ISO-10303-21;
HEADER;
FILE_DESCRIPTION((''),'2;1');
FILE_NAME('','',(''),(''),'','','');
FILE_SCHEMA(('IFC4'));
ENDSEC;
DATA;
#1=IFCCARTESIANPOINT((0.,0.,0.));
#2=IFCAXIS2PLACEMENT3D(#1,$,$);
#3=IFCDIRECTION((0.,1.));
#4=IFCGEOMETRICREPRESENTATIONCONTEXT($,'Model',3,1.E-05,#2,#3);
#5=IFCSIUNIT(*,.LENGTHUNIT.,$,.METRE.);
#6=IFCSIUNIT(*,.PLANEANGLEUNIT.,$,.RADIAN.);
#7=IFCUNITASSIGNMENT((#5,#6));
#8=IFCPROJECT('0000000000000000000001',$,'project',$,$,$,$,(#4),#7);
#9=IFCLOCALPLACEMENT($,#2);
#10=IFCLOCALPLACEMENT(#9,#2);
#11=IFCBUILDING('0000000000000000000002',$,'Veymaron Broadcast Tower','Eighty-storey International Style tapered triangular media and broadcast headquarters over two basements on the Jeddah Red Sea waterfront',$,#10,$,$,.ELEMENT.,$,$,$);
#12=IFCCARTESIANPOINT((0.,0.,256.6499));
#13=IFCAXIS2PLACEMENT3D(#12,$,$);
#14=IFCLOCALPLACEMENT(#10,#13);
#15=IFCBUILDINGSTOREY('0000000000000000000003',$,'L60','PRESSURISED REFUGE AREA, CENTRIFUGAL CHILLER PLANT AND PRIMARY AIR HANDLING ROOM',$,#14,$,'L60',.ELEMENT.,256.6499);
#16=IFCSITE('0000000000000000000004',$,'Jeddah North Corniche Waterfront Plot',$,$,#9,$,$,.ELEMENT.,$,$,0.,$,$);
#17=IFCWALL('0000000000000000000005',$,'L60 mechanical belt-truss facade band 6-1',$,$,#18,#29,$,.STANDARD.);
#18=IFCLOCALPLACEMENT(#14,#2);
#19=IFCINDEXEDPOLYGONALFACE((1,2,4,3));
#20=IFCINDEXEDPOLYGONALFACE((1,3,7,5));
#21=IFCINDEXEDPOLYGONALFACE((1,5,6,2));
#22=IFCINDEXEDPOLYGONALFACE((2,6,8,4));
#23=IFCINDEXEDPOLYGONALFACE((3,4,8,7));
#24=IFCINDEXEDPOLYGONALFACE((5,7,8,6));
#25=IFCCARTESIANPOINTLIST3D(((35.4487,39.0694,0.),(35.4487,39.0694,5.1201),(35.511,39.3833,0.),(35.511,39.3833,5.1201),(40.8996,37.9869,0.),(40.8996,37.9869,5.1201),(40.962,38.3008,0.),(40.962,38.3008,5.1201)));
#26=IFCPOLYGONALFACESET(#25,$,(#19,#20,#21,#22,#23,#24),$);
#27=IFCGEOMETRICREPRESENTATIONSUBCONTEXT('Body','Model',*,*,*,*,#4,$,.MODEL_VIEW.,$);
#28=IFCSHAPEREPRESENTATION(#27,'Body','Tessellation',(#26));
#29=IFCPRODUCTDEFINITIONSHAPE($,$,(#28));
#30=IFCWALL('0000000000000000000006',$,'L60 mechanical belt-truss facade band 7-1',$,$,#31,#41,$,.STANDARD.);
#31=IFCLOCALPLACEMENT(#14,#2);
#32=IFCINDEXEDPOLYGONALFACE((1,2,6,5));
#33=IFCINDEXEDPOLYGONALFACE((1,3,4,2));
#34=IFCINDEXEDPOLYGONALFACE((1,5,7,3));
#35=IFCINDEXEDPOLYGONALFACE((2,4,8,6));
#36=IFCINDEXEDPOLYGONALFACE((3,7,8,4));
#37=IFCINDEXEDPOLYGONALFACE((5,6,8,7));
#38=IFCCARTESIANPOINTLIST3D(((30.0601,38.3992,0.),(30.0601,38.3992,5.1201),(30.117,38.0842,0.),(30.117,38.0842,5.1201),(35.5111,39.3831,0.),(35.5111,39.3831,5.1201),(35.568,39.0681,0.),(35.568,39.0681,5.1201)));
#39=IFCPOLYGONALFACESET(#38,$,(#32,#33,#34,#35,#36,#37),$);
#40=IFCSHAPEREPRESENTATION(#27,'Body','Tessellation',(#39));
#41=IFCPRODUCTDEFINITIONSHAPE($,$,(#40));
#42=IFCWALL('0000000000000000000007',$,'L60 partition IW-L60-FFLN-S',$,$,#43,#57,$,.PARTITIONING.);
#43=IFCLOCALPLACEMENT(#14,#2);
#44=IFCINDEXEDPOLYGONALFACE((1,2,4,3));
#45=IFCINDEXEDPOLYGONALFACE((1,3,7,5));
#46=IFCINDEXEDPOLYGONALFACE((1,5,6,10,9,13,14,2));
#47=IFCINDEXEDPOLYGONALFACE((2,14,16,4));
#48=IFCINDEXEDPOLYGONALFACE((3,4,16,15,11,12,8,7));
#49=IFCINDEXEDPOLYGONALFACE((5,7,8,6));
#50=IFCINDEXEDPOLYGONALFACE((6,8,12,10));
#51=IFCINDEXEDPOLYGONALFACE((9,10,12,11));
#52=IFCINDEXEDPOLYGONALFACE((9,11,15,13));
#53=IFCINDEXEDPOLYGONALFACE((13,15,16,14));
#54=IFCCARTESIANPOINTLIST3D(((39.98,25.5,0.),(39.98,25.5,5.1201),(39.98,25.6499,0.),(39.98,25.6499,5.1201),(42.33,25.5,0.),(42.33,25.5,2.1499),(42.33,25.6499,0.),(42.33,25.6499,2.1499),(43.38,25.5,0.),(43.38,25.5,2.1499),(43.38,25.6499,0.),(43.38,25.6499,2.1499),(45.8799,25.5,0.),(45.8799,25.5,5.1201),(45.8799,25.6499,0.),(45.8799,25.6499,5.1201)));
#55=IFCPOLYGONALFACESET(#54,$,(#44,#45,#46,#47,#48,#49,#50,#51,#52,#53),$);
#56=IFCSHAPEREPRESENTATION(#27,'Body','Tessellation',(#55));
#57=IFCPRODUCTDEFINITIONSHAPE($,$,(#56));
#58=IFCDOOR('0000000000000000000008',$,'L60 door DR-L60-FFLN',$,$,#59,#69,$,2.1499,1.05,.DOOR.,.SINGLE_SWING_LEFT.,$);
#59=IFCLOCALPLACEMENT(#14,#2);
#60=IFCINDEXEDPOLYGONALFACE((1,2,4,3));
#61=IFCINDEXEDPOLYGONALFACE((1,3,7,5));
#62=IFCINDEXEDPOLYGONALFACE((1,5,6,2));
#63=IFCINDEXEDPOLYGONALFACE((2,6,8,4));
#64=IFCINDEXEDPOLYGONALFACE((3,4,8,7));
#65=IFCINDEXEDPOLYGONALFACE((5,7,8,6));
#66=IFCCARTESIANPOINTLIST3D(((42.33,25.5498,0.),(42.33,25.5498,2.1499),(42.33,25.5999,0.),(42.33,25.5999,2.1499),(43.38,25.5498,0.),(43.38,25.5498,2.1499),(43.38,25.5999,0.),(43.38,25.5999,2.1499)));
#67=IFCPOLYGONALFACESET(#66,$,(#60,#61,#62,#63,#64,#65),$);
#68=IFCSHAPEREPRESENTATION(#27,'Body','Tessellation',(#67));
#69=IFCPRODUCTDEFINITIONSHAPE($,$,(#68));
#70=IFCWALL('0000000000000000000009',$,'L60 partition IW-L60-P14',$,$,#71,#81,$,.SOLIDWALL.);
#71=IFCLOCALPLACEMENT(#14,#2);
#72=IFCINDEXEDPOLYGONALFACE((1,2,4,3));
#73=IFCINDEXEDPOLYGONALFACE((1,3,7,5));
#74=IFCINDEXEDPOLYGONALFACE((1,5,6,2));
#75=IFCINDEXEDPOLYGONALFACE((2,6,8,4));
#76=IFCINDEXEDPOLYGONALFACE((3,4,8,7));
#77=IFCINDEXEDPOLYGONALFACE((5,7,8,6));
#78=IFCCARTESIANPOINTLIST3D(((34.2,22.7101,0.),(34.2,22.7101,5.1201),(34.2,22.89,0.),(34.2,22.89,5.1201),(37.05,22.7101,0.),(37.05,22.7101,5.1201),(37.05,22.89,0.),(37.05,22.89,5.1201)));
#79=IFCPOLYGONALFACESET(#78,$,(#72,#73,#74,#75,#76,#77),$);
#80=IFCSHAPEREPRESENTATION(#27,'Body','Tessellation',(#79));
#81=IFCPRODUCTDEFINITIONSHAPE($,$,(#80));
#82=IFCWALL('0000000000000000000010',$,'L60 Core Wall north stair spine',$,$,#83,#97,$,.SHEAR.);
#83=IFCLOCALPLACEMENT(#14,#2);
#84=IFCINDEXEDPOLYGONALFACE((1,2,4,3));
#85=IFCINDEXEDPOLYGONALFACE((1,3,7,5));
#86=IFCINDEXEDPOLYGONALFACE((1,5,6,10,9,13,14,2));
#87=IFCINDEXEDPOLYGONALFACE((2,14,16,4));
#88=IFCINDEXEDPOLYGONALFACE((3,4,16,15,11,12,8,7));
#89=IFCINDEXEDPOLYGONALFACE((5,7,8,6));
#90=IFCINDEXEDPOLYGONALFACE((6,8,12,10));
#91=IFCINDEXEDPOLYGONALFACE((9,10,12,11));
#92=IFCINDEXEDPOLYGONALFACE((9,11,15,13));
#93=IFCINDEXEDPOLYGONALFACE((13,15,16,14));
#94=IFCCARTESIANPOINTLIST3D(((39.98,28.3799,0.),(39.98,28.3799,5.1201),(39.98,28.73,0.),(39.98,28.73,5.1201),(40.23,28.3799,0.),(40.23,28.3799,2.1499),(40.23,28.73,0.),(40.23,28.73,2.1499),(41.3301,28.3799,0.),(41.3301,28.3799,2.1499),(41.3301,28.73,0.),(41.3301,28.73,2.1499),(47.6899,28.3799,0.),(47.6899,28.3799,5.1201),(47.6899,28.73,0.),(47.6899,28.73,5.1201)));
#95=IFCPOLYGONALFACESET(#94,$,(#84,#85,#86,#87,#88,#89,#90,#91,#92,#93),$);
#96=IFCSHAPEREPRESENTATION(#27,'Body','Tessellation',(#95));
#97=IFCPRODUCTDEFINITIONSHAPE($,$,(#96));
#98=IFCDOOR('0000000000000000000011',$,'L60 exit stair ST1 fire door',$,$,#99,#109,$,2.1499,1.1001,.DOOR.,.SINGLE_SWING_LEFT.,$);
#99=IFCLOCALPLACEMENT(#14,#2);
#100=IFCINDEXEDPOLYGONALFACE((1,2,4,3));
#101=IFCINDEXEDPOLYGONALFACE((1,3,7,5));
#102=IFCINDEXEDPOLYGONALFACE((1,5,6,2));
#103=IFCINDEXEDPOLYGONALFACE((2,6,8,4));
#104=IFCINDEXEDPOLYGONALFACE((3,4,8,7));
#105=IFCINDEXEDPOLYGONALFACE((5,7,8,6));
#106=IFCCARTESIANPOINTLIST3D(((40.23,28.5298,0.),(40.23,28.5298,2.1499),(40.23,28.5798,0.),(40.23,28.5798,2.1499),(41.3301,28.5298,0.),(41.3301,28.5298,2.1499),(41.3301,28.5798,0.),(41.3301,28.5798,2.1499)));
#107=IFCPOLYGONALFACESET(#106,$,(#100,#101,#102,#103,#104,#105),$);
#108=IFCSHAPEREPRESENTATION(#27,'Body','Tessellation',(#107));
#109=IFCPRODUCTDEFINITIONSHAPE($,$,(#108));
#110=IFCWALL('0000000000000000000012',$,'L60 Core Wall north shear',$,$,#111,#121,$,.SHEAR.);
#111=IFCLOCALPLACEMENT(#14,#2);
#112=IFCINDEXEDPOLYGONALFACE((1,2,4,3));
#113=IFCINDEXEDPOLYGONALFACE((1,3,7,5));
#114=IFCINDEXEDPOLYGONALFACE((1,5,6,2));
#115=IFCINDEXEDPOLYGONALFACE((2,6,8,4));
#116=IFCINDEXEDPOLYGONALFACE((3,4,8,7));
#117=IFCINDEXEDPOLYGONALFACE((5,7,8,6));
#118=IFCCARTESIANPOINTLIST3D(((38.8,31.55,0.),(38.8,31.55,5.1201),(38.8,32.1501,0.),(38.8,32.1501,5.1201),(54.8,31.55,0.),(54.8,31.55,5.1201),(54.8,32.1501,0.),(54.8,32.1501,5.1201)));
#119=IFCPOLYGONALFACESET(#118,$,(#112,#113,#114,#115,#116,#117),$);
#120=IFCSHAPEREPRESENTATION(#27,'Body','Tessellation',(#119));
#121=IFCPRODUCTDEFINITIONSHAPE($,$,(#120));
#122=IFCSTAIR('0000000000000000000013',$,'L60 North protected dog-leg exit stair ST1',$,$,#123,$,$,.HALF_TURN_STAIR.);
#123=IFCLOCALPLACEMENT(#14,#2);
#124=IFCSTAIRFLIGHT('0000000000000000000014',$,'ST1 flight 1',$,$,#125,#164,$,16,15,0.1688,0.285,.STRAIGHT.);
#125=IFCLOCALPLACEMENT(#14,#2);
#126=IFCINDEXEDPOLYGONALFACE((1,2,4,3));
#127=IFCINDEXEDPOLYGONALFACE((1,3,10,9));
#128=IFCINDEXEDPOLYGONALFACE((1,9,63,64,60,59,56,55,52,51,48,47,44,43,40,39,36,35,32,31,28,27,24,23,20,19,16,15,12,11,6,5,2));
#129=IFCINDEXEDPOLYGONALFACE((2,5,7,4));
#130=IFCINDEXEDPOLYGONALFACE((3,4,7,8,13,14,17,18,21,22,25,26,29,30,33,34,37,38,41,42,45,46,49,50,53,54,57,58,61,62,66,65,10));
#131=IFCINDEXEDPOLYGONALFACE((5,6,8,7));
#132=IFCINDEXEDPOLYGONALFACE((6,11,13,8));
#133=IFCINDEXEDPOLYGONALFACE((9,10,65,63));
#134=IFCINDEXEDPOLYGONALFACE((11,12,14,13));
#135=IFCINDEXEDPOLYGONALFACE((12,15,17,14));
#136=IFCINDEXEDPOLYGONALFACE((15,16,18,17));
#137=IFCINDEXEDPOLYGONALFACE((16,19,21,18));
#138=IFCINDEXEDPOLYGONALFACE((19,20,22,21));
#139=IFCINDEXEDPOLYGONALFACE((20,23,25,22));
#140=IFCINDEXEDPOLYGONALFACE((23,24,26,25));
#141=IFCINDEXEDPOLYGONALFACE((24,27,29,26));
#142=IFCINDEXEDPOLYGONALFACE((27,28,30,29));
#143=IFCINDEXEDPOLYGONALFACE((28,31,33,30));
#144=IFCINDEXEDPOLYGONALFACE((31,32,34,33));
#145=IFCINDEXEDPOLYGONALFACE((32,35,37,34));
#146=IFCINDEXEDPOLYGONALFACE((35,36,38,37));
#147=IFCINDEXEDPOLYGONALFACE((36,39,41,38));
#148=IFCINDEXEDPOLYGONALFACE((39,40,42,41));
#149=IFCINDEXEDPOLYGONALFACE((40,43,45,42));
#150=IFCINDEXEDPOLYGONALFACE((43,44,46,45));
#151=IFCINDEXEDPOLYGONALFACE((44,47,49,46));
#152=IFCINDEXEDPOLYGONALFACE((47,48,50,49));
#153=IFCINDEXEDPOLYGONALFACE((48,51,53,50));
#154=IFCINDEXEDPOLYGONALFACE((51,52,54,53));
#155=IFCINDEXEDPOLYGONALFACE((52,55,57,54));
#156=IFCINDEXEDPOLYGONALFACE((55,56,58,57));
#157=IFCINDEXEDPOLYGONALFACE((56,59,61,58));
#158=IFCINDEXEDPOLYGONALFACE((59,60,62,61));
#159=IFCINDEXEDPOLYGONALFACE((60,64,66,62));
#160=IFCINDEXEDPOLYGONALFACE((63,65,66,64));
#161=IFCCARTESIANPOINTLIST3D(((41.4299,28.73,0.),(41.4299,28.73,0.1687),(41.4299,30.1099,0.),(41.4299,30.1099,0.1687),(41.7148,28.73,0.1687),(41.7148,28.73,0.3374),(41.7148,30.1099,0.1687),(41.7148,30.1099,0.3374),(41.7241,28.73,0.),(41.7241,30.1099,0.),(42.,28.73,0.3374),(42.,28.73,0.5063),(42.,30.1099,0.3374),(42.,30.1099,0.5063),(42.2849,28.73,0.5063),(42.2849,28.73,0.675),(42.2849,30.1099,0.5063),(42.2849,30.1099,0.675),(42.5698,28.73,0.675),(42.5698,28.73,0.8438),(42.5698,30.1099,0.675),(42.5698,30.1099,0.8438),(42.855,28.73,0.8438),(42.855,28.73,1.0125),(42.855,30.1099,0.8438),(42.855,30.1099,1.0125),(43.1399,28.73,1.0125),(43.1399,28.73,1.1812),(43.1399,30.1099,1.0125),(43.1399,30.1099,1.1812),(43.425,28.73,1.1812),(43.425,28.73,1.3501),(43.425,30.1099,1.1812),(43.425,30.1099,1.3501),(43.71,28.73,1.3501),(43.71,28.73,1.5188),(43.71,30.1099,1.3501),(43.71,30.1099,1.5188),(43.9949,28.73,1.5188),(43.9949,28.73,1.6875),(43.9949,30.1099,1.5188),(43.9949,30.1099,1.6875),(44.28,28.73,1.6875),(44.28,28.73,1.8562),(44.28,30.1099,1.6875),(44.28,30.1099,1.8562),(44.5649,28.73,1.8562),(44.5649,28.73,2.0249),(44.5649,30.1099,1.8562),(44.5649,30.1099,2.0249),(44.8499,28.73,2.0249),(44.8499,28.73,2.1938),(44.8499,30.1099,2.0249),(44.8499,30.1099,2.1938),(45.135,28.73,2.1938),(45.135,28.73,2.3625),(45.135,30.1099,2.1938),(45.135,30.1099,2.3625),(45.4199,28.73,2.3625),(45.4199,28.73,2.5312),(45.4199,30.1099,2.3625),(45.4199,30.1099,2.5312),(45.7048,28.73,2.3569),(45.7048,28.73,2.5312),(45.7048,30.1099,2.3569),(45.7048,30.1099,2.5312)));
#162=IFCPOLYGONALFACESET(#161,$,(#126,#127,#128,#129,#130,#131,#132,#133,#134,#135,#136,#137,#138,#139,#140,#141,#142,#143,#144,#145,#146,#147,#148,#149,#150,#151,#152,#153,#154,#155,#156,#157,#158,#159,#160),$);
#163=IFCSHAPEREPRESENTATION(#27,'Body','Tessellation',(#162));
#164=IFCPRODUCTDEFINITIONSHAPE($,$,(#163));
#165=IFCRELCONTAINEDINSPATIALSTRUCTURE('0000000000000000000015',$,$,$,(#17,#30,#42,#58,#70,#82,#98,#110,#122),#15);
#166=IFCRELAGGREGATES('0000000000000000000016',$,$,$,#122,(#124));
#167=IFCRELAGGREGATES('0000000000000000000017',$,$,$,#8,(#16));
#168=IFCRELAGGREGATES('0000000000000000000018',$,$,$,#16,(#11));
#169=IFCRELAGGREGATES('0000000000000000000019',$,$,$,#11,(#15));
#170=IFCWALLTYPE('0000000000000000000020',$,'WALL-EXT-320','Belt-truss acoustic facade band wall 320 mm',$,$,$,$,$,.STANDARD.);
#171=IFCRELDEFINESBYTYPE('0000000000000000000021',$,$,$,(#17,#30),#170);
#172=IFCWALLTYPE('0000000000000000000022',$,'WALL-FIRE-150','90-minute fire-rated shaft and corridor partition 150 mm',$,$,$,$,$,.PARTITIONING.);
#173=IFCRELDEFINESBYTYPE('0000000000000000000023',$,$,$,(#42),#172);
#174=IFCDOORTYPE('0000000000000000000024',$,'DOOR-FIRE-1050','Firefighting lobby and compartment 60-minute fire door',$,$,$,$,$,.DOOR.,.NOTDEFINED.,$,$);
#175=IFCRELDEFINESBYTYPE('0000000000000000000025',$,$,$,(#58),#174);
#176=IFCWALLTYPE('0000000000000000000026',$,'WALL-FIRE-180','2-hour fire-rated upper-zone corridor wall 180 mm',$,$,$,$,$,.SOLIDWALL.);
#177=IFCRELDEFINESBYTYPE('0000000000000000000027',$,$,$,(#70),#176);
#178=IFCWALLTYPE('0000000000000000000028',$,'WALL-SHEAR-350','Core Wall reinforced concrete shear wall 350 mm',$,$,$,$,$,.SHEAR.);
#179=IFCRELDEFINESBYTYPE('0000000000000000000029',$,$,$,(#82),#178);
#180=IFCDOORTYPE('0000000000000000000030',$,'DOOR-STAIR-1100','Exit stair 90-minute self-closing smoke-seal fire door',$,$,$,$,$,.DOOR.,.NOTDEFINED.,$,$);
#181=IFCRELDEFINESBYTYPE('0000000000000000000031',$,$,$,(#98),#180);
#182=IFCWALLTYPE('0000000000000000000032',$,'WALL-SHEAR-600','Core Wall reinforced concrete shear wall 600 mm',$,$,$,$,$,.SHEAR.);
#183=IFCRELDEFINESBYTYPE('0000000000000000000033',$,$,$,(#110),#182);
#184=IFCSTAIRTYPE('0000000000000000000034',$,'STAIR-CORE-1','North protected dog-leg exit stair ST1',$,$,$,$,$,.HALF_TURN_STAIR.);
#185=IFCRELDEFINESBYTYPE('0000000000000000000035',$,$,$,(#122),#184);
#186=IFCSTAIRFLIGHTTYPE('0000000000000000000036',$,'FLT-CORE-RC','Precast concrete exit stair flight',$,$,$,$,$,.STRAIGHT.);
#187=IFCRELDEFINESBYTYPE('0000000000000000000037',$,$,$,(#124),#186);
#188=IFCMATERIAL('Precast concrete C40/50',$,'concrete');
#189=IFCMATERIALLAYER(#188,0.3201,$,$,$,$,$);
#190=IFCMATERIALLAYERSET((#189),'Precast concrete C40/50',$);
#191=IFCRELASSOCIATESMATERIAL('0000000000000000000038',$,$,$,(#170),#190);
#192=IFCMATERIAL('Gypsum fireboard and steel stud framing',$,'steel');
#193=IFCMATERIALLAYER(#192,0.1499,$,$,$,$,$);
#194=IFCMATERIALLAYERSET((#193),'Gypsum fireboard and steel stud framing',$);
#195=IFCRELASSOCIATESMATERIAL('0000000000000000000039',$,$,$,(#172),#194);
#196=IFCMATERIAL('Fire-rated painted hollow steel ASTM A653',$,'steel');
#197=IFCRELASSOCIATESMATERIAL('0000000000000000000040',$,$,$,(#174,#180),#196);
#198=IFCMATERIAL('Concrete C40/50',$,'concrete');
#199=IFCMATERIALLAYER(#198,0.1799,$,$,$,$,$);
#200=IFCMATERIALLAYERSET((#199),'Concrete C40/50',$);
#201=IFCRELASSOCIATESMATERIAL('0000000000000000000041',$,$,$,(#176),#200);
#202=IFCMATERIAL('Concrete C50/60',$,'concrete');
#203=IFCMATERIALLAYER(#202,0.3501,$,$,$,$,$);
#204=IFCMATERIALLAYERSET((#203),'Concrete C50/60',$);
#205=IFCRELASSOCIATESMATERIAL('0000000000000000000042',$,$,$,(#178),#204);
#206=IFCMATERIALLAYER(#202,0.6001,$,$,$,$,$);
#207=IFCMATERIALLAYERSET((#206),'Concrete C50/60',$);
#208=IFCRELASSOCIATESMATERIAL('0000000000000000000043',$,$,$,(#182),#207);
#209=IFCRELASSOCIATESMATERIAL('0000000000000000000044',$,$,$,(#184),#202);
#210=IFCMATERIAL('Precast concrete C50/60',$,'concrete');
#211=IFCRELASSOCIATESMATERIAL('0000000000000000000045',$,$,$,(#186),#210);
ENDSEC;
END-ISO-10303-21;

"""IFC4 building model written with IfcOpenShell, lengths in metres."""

from ifc_helpers import new_model, si_unit, direction, frame, frame_2d, origin, place, context, subcontext, project, spatial, polyline, rectangle, outline, extrude, material, layer, layer_set, type_object, element, fill, aggregate, save


model = new_model("IFC4")

# Units and contexts
model_context = context("Model", 3, precision=1e-05, world=origin(), true_north=direction((0.0, 1.0)))
body_context = subcontext(model_context, "Body", "Model", "MODEL_VIEW")
ifc_project = project(units=[si_unit("LENGTHUNIT", "METRE"), si_unit("PLANEANGLEUNIT", "RADIAN")], contexts=[model_context])

# Site, building, storey
site_placement = place(None, origin())
site = spatial("IfcSite", under=ifc_project, at=site_placement, Name="Jeddah North Corniche Waterfront Plot", CompositionType="ELEMENT", RefElevation=0.0)
building_placement = place(site_placement, origin())
building = spatial("IfcBuilding", under=site, at=building_placement, Name="Veymaron Broadcast Tower", Description="Eighty-storey International Style tapered triangular media and broadcast headquarters over two basements on the Jeddah Red Sea waterfront", CompositionType="ELEMENT")
storey_placement = place(building_placement, frame((0.0, 0.0, 256.6499)))
storey = spatial("IfcBuildingStorey", under=building, at=storey_placement, Name="L60", Description="PRESSURISED REFUGE AREA, CENTRIFUGAL CHILLER PLANT AND PRIMARY AIR HANDLING ROOM", LongName="L60", CompositionType="ELEMENT", Elevation=256.6499)

# Walls
ifc_material_1 = material(Name="Precast concrete C40/50", Category="concrete")
ifc_layer_1 = layer(ifc_material_1, 0.3201)
ifc_layer_set_1 = layer_set([ifc_layer_1], Name="Precast concrete C40/50")
wall_type_1 = type_object("IfcWallType", Name="WALL-EXT-320", Description="Belt-truss acoustic facade band wall 320 mm", PredefinedType="STANDARD", material=ifc_layer_set_1)
wall_1_placement = place(storey_placement, frame((40.9309, 38.1438, 0.0), z_axis=(0.0, 0.0, 1.0), x_axis=(-0.980845, 0.19479, 0.0)))
element("IfcWall", 1, at=wall_1_placement, inside=storey, type_object=wall_type_1, Name="L60 mechanical belt-truss facade band 6-1", PredefinedType="STANDARD", context=body_context, shape_type="SweptSolid", body=[
    extrude(rectangle(XDim=5.5574, YDim=0.3201, at=frame_2d((2.7788, 0.0))), origin(), (0.0, 0.0, 1.0), 5.1201),
])
wall_2_placement = place(storey_placement, frame((35.5396, 39.2256, 0.0), z_axis=(0.0, 0.0, 1.0), x_axis=(-0.984098, -0.177629, 0.0)))
element("IfcWall", 2, at=wall_2_placement, inside=storey, type_object=wall_type_1, Name="L60 mechanical belt-truss facade band 7-1", PredefinedType="STANDARD", context=body_context, shape_type="SweptSolid", body=[
    extrude(rectangle(XDim=5.5391, YDim=0.3201, at=frame_2d((2.7695, 0.0))), origin(), (0.0, 0.0, 1.0), 5.1201),
])

# Wall, opening, door
ifc_material_2 = material(Name="Gypsum fireboard and steel stud framing", Category="steel")
ifc_layer_2 = layer(ifc_material_2, 0.1499)
ifc_layer_set_2 = layer_set([ifc_layer_2], Name="Gypsum fireboard and steel stud framing")
wall_type_2 = type_object("IfcWallType", Name="WALL-FIRE-150", Description="90-minute fire-rated shaft and corridor partition 150 mm", PredefinedType="PARTITIONING", material=ifc_layer_set_2)
wall_3_placement = place(storey_placement, frame((39.98, 25.575, 0.0), z_axis=(0.0, 0.0, 1.0), x_axis=(1.0, 0.0, 0.0)))
wall_3 = element("IfcWall", 3, at=wall_3_placement, inside=storey, type_object=wall_type_2, Name="L60 partition IW-L60-FFLN-S", PredefinedType="PARTITIONING", context=body_context, shape_type="SweptSolid", body=[
    extrude(rectangle(XDim=5.8999, YDim=0.1499, at=frame_2d((2.95, 0.0))), origin(), (0.0, 0.0, 1.0), 5.1201),
])
opening_1_placement = place(wall_3_placement, frame((2.3501, 0.0, 0.0)))
opening_1 = element("IfcOpeningElement", 4, at=opening_1_placement, cuts=wall_3, PredefinedType="OPENING", context=body_context, shape_type="SweptSolid", body=[
    extrude(rectangle(XDim=1.05, YDim=2.1499, at=frame_2d((0.5249, 1.075))), frame((0.0, 0.085, 0.0), z_axis=(0.0, -1.0, 0.0), x_axis=(1.0, 0.0, 0.0)), (0.0, 0.0, 1.0), 0.1699),
])
ifc_material_3 = material(Name="Fire-rated painted hollow steel ASTM A653", Category="steel")
door_type_1 = type_object("IfcDoorType", Name="DOOR-FIRE-1050", Description="Firefighting lobby and compartment 60-minute fire door", OperationType="NOTDEFINED", PredefinedType="DOOR", material=ifc_material_3)
door_1_placement = place(opening_1_placement, origin())
door_1 = element("IfcDoor", 5, at=door_1_placement, inside=storey, type_object=door_type_1, Name="L60 door DR-L60-FFLN", OperationType="SINGLE_SWING_LEFT", OverallHeight=2.1499, OverallWidth=1.05, PredefinedType="DOOR", context=body_context, shape_type="SweptSolid", body=[
    extrude(rectangle(XDim=1.05, YDim=2.1499, at=frame_2d((0.5249, 1.075))), frame((0.0, 0.0249, 0.0), z_axis=(0.0, -1.0, 0.0), x_axis=(1.0, 0.0, 0.0)), (0.0, 0.0, 1.0), 0.05),
])
fill(opening_1, door_1)

# Wall
ifc_material_4 = material(Name="Concrete C40/50", Category="concrete")
ifc_layer_3 = layer(ifc_material_4, 0.1799)
ifc_layer_set_3 = layer_set([ifc_layer_3], Name="Concrete C40/50")
wall_type_3 = type_object("IfcWallType", Name="WALL-FIRE-180", Description="2-hour fire-rated upper-zone corridor wall 180 mm", PredefinedType="SOLIDWALL", material=ifc_layer_set_3)
wall_4_placement = place(storey_placement, frame((34.2, 22.8, 0.0), z_axis=(0.0, 0.0, 1.0), x_axis=(1.0, 0.0, 0.0)))
element("IfcWall", 6, at=wall_4_placement, inside=storey, type_object=wall_type_3, Name="L60 partition IW-L60-P14", PredefinedType="SOLIDWALL", context=body_context, shape_type="SweptSolid", body=[
    extrude(rectangle(XDim=2.8501, YDim=0.1799, at=frame_2d((1.425, 0.0))), origin(), (0.0, 0.0, 1.0), 5.1201),
])

# Wall, opening, door
ifc_material_5 = material(Name="Concrete C50/60", Category="concrete")
ifc_layer_4 = layer(ifc_material_5, 0.3501)
ifc_layer_set_4 = layer_set([ifc_layer_4], Name="Concrete C50/60")
wall_type_4 = type_object("IfcWallType", Name="WALL-SHEAR-350", Description="Core Wall reinforced concrete shear wall 350 mm", PredefinedType="SHEAR", material=ifc_layer_set_4)
wall_5_placement = place(storey_placement, frame((39.98, 28.5549, 0.0), z_axis=(0.0, 0.0, 1.0), x_axis=(1.0, 0.0, 0.0)))
wall_5 = element("IfcWall", 7, at=wall_5_placement, inside=storey, type_object=wall_type_4, Name="L60 Core Wall north stair spine", PredefinedType="SHEAR", context=body_context, shape_type="SweptSolid", body=[
    extrude(rectangle(XDim=7.71, YDim=0.3501, at=frame_2d((3.855, 0.0))), origin(), (0.0, 0.0, 1.0), 5.1201),
])
opening_2_placement = place(wall_5_placement, frame((0.25, 0.0, 0.0)))
opening_2 = element("IfcOpeningElement", 8, at=opening_2_placement, cuts=wall_5, PredefinedType="OPENING", context=body_context, shape_type="SweptSolid", body=[
    extrude(rectangle(XDim=1.1001, YDim=2.1499, at=frame_2d((0.55, 1.075))), frame((0.0, 0.1851, 0.0), z_axis=(0.0, -1.0, 0.0), x_axis=(1.0, 0.0, 0.0)), (0.0, 0.0, 1.0), 0.3701),
])
door_type_2 = type_object("IfcDoorType", Name="DOOR-STAIR-1100", Description="Exit stair 90-minute self-closing smoke-seal fire door", OperationType="NOTDEFINED", PredefinedType="DOOR", material=ifc_material_3)
door_2_placement = place(opening_2_placement, origin())
door_2 = element("IfcDoor", 9, at=door_2_placement, inside=storey, type_object=door_type_2, Name="L60 exit stair ST1 fire door", OperationType="SINGLE_SWING_LEFT", OverallHeight=2.1499, OverallWidth=1.1001, PredefinedType="DOOR", context=body_context, shape_type="SweptSolid", body=[
    extrude(rectangle(XDim=1.1001, YDim=2.1499, at=frame_2d((0.55, 1.075))), frame((0.0, 0.0249, 0.0), z_axis=(0.0, -1.0, 0.0), x_axis=(1.0, 0.0, 0.0)), (0.0, 0.0, 1.0), 0.05),
])
fill(opening_2, door_2)

# Wall
ifc_layer_5 = layer(ifc_material_5, 0.6001)
ifc_layer_set_5 = layer_set([ifc_layer_5], Name="Concrete C50/60")
wall_type_5 = type_object("IfcWallType", Name="WALL-SHEAR-600", Description="Core Wall reinforced concrete shear wall 600 mm", PredefinedType="SHEAR", material=ifc_layer_set_5)
wall_6_placement = place(storey_placement, frame((38.8, 31.8501, 0.0), z_axis=(0.0, 0.0, 1.0), x_axis=(1.0, 0.0, 0.0)))
element("IfcWall", 10, at=wall_6_placement, inside=storey, type_object=wall_type_5, Name="L60 Core Wall north shear", PredefinedType="SHEAR", context=body_context, shape_type="SweptSolid", body=[
    extrude(rectangle(XDim=16.0, YDim=0.6001, at=frame_2d((8.0, 0.0))), origin(), (0.0, 0.0, 1.0), 5.1201),
])

# Stair, stair flight
stair_type = type_object("IfcStairType", Name="STAIR-CORE-1", Description="North protected dog-leg exit stair ST1", PredefinedType="HALF_TURN_STAIR", material=ifc_material_5)
stair_placement = place(storey_placement, origin())
stair = element("IfcStair", 11, at=stair_placement, inside=storey, type_object=stair_type, Name="L60 North protected dog-leg exit stair ST1", PredefinedType="HALF_TURN_STAIR")
ifc_material_6 = material(Name="Precast concrete C50/60", Category="concrete")
stair_flight_type = type_object("IfcStairFlightType", Name="FLT-CORE-RC", Description="Precast concrete exit stair flight", PredefinedType="STRAIGHT", material=ifc_material_6)
stair_flight_1_placement = place(storey_placement, frame((41.4299, 29.4199, 0.0), z_axis=(0.0, 0.0, 1.0), x_axis=(1.0, 0.0, 0.0)))
stair_flight_1 = element("IfcStairFlight", 12, at=stair_flight_1_placement, type_object=stair_flight_type, Name="ST1 flight 1", NumberOfRisers=16, NumberOfTreads=15, PredefinedType="STRAIGHT", RiserHeight=0.1688, TreadLength=0.285, context=body_context, shape_type="SweptSolid", body=[
    extrude(outline(polyline([(0.0, 0.0), (0.0, 0.1687), (0.2849, 0.1687), (0.2849, 0.3374), (0.5701, 0.3374), (0.5701, 0.5063), (0.855, 0.5063), (0.855, 0.675), (1.1399, 0.675), (1.1399, 0.8438), (1.425, 0.8438), (1.425, 1.0125), (1.71, 1.0125), (1.71, 1.1812), (1.9951, 1.1812), (1.9951, 1.3501), (2.28, 1.3501), (2.28, 1.5188), (2.5649, 1.5188), (2.5649, 1.6875), (2.8501, 1.6875), (2.8501, 1.8562), (3.135, 1.8562), (3.135, 2.0249), (3.4199, 2.0249), (3.4199, 2.1938), (3.7051, 2.1938), (3.7051, 2.3625), (3.99, 2.3625), (3.99, 2.5312), (4.2749, 2.5312), (4.2749, 2.7), (4.2749, 2.3569), (0.2942, 0.0), (0.0, 0.0)])), frame((0.0, 0.6899, 0.0), z_axis=(0.0, -1.0, 0.0), x_axis=(1.0, 0.0, 0.0)), (0.0, 0.0, 1.0), 1.3799),
])
aggregate(stair, [stair_flight_1])

save(model, "model.ifc")
